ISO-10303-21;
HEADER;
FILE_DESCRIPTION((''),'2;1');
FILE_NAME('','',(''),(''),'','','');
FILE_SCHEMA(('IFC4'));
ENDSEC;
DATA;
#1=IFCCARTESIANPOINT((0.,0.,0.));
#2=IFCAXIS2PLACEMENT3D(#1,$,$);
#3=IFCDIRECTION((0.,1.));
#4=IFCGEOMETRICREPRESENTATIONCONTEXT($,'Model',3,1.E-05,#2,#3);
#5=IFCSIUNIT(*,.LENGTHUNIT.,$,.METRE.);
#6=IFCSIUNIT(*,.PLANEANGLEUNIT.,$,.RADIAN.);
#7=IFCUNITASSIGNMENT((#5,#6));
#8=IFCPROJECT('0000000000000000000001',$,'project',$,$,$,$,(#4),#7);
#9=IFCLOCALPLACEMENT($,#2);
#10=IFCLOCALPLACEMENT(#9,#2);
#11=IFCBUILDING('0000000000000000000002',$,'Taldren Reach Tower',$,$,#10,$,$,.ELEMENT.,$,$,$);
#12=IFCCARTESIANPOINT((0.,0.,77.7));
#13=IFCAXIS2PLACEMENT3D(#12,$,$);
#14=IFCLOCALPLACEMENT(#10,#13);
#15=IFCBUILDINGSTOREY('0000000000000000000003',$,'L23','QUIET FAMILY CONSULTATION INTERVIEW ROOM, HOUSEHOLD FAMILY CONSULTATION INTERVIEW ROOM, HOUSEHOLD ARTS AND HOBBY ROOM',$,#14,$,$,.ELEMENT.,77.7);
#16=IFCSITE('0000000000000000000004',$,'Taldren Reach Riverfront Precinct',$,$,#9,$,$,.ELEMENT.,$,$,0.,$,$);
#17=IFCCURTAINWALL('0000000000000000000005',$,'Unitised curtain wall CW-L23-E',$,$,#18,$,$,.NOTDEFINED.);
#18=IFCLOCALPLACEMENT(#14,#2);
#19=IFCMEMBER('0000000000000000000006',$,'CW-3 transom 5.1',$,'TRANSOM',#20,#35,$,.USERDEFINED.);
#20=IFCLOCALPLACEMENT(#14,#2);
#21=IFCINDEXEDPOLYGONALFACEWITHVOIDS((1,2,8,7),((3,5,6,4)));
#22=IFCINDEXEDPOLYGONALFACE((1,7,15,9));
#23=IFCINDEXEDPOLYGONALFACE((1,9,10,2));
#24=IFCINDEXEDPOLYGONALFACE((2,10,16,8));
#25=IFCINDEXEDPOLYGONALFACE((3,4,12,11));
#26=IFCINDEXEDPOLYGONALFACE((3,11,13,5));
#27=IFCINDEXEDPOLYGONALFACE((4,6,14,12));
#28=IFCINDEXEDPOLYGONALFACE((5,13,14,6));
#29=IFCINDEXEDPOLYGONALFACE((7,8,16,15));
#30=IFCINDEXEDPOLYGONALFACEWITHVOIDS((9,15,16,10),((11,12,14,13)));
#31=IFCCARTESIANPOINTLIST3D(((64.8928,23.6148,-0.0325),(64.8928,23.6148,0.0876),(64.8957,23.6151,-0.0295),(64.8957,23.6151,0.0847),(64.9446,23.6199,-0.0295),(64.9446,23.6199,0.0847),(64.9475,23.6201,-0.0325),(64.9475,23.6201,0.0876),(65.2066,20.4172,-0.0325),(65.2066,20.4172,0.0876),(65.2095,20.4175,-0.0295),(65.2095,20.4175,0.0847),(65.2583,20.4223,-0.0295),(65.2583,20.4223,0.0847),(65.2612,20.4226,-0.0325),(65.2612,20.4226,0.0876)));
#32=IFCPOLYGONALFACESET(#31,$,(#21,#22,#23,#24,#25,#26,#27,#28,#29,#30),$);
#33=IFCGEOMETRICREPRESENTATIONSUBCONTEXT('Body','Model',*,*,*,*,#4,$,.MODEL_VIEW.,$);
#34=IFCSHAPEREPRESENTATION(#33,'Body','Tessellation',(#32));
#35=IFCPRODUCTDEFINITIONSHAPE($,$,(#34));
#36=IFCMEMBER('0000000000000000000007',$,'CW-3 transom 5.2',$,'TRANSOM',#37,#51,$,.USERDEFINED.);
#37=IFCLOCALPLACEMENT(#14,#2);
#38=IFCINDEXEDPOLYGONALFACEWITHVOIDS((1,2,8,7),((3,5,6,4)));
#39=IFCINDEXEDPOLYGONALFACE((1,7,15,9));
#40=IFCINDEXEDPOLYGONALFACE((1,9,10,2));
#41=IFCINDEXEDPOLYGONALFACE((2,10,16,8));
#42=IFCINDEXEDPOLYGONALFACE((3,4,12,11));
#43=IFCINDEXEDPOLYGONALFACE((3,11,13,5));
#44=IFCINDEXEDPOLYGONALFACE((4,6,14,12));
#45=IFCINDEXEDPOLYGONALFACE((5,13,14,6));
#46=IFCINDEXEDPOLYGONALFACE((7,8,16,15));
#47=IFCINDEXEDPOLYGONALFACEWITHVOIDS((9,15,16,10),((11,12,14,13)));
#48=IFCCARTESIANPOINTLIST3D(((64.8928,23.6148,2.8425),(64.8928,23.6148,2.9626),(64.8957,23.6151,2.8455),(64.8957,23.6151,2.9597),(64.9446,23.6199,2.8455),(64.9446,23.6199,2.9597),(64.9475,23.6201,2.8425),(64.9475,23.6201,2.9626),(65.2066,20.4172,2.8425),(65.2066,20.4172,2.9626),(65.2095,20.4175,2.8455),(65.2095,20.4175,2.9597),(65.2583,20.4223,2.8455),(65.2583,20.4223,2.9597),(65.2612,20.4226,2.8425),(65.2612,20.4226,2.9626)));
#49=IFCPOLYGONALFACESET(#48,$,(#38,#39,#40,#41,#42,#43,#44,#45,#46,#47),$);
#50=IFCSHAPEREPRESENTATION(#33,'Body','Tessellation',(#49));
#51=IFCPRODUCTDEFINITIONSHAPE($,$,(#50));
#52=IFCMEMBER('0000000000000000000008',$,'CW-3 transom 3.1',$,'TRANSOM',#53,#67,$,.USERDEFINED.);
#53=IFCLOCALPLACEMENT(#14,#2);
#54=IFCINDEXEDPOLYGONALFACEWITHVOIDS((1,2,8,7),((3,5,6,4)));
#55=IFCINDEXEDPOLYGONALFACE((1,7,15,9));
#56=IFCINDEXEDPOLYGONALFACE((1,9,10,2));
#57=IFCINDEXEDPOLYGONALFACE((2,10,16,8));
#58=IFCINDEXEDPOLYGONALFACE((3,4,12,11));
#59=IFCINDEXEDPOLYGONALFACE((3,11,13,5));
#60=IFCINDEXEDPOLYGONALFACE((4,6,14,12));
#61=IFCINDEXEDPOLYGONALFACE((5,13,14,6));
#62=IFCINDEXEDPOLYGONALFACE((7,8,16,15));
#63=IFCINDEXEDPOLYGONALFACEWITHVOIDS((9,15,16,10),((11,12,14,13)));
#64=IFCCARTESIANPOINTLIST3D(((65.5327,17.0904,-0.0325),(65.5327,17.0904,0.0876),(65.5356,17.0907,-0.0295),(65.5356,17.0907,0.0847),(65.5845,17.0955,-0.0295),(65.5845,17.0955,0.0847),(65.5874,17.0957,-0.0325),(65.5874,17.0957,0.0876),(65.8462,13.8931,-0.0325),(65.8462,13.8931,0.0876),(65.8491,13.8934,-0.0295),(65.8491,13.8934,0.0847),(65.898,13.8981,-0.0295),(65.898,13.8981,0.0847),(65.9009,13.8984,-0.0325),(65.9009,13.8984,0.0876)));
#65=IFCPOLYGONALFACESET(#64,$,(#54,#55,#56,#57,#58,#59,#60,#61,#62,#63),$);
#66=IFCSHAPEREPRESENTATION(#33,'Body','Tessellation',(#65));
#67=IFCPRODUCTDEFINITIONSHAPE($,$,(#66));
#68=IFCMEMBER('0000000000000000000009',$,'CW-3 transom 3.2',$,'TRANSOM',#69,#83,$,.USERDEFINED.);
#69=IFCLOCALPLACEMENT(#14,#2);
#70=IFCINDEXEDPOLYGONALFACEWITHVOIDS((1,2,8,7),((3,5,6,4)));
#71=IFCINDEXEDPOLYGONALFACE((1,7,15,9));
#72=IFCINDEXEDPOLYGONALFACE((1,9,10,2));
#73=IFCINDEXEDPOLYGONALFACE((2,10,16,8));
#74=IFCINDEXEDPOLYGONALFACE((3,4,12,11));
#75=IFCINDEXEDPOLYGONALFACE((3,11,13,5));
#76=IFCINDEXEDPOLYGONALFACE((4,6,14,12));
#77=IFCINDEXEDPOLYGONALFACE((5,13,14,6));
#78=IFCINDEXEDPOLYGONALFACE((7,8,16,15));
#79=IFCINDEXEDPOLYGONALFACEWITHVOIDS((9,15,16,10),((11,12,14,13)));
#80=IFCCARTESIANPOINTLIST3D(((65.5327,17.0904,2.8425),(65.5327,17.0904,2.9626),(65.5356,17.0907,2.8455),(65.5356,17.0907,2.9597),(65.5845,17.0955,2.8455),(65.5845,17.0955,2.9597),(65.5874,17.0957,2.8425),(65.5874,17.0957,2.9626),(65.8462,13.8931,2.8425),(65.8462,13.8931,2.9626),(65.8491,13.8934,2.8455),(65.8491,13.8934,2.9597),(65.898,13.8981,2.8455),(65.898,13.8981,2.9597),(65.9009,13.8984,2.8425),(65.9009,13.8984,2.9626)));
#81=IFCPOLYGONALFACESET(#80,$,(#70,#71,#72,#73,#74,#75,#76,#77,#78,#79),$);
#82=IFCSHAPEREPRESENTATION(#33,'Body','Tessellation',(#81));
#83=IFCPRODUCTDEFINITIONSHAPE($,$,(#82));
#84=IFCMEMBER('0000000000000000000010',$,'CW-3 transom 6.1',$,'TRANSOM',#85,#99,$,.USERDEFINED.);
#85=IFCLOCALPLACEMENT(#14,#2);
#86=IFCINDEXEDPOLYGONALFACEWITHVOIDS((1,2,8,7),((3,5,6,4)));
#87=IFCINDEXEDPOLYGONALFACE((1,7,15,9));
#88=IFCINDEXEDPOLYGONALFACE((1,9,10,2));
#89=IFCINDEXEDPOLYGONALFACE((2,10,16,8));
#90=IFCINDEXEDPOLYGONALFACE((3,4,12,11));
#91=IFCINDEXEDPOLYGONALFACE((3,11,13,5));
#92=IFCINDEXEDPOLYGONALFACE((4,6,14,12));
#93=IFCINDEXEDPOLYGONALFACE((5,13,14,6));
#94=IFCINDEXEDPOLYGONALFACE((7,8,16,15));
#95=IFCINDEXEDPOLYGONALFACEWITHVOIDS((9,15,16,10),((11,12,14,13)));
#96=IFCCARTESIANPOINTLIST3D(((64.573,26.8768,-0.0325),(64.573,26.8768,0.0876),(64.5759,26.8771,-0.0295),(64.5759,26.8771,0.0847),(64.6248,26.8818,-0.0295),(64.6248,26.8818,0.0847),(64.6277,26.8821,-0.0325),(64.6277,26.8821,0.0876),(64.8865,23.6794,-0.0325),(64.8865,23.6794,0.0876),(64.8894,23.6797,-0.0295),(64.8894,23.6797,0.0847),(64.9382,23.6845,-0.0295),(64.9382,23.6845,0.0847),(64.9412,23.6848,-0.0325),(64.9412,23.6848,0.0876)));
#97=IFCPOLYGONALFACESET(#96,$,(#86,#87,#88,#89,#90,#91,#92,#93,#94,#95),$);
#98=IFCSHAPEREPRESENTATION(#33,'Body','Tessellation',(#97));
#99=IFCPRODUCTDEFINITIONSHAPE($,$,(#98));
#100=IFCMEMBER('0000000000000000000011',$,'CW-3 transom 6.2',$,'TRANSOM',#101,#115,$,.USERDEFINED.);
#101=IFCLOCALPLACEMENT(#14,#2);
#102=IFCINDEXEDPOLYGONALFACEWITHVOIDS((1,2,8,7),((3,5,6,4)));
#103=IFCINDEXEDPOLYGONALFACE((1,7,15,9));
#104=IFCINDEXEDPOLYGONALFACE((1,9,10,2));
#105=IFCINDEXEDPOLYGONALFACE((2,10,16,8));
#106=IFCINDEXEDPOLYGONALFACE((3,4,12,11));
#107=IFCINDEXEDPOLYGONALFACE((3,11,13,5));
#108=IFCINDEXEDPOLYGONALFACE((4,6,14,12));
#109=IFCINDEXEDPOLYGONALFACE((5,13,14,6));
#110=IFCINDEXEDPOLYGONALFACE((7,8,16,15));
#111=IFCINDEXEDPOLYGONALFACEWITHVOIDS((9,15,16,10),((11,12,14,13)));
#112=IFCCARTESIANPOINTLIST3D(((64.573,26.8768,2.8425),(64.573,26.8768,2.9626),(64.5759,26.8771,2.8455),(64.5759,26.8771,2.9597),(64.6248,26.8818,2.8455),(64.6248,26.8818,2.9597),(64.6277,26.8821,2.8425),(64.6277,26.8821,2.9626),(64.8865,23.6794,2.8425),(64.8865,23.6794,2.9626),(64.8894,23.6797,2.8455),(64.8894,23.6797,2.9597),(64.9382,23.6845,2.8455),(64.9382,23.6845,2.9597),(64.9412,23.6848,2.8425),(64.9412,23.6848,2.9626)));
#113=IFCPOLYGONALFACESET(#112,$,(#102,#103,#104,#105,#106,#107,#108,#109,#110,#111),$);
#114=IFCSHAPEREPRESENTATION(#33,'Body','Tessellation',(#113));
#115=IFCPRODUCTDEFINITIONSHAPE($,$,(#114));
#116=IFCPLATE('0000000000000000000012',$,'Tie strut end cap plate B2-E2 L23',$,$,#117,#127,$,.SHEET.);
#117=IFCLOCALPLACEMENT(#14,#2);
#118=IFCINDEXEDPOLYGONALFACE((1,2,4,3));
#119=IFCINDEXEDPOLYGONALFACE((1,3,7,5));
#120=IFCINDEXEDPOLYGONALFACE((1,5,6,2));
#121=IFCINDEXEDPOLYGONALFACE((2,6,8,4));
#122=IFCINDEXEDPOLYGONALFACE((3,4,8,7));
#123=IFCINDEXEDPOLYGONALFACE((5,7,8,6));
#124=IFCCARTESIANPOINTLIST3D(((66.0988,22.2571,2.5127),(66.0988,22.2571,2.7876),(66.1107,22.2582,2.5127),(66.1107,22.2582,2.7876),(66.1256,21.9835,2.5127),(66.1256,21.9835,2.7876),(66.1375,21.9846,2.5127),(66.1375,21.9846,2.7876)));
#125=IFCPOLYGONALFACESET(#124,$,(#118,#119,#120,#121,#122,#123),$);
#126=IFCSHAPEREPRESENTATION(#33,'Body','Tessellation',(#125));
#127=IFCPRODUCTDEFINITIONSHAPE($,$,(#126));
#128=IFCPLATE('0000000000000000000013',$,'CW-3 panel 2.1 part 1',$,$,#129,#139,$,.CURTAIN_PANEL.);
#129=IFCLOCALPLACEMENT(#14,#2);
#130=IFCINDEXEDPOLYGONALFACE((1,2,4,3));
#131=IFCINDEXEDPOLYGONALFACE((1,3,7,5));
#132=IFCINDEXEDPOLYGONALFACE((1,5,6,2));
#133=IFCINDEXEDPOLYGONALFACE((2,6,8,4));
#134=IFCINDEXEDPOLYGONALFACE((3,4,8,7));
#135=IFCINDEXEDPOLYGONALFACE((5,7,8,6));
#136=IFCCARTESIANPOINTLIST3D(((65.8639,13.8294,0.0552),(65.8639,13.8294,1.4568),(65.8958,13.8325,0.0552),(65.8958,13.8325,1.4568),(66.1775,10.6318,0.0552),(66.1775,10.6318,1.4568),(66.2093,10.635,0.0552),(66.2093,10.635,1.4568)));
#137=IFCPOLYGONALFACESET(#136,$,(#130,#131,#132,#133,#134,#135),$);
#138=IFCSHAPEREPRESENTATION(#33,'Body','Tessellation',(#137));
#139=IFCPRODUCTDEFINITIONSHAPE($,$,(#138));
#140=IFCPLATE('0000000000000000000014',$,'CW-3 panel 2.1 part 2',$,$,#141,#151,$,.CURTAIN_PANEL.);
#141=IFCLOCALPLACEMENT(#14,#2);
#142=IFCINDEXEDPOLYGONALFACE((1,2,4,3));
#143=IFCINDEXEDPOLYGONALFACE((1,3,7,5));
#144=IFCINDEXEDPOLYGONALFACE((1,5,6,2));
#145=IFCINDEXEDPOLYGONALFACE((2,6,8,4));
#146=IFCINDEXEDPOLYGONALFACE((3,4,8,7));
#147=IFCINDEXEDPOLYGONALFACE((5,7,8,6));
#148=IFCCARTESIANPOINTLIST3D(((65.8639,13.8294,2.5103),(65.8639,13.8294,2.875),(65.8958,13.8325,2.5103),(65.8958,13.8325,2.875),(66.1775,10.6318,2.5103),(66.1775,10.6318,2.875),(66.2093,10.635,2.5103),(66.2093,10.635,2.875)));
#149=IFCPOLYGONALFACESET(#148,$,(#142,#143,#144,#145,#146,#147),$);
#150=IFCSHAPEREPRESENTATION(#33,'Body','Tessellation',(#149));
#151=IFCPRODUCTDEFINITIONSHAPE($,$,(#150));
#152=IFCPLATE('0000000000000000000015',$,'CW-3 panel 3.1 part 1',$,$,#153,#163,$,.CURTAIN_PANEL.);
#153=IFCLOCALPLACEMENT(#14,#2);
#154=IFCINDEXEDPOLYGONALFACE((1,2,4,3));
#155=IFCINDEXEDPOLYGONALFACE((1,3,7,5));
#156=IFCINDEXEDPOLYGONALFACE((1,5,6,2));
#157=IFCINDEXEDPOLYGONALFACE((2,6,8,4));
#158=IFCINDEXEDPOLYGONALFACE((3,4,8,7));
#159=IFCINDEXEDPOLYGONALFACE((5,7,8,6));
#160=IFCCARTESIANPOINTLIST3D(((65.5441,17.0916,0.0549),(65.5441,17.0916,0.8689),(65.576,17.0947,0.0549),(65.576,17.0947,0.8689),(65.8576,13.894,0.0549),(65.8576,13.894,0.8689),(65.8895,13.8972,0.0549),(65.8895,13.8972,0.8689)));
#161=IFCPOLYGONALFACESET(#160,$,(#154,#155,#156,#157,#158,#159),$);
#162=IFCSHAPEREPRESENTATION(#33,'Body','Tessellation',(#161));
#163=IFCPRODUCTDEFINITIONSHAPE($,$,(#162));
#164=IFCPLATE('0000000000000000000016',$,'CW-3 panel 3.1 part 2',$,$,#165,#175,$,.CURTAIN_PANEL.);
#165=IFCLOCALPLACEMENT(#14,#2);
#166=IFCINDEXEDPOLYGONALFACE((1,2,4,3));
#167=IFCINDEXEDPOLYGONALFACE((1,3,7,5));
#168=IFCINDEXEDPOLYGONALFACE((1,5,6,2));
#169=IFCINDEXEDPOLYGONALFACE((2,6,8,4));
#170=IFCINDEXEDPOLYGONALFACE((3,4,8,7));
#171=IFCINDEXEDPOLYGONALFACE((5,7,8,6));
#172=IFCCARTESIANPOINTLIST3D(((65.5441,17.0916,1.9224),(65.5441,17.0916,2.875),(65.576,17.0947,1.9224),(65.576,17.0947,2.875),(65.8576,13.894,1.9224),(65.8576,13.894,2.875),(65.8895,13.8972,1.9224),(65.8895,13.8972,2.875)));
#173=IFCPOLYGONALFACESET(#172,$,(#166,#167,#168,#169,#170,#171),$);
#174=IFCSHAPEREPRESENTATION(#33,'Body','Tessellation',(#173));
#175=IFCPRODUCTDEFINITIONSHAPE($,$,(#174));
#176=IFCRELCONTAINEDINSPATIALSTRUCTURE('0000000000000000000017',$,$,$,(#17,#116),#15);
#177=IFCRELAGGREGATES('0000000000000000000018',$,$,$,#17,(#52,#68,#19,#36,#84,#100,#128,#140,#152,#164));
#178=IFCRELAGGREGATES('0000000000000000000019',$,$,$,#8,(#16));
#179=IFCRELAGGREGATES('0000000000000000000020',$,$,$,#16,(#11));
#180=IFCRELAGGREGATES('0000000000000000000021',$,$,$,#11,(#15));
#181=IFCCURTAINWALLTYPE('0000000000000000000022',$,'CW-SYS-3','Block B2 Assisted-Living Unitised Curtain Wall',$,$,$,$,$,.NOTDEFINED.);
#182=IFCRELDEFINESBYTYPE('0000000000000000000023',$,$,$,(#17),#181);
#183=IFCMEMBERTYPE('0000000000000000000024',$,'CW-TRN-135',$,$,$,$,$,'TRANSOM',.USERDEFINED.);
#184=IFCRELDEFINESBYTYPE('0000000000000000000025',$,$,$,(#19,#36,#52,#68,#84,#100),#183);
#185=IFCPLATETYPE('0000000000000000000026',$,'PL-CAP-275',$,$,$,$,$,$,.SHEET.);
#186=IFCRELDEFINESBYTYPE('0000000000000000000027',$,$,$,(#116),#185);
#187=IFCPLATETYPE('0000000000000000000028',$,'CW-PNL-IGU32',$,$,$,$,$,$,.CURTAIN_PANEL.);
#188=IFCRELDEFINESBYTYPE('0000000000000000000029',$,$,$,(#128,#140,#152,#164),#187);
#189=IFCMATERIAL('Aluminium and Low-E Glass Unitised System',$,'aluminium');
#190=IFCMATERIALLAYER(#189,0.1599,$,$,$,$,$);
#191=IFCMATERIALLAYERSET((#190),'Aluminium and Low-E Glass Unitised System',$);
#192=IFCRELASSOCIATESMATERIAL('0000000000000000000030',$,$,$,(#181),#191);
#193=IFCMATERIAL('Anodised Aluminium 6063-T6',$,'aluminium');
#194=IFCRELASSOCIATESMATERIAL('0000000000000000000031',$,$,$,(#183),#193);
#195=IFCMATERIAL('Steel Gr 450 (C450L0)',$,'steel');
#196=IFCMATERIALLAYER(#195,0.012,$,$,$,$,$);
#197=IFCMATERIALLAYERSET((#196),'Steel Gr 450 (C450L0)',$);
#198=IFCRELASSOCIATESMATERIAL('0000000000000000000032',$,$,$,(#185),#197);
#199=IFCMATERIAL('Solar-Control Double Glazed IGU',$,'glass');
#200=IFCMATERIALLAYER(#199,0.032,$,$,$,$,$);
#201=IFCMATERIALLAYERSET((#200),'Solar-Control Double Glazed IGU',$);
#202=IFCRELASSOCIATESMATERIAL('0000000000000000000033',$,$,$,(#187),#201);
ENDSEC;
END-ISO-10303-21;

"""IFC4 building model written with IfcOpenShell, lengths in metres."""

from ifc_helpers import new_model, si_unit, direction, frame, origin, origin_2d, place, context, subcontext, project, spatial, rectangle, hollow_rectangle, extrude, source, transform, mapped, material, layer, layer_set, material_profile, profile_set, type_object, element, aggregate, save


model = new_model("IFC4")

# Units and contexts
model_context = context("Model", 3, precision=1e-05, world=origin(), true_north=direction((0.0, 1.0)))
body_context = subcontext(model_context, "Body", "Model", "MODEL_VIEW")
ifc_project = project(units=[si_unit("LENGTHUNIT", "METRE"), si_unit("PLANEANGLEUNIT", "RADIAN")], contexts=[model_context])

# Site, building, storey
site_placement = place(None, origin())
site = spatial("IfcSite", under=ifc_project, at=site_placement, Name="Taldren Reach Riverfront Precinct", CompositionType="ELEMENT", RefElevation=0.0)
building_placement = place(site_placement, origin())
building = spatial("IfcBuilding", under=site, at=building_placement, Name="Taldren Reach Tower", CompositionType="ELEMENT")
storey_placement = place(building_placement, frame((0.0, 0.0, 77.7)))
storey = spatial("IfcBuildingStorey", under=building, at=storey_placement, Name="L23", Description="QUIET FAMILY CONSULTATION INTERVIEW ROOM, HOUSEHOLD FAMILY CONSULTATION INTERVIEW ROOM, HOUSEHOLD ARTS AND HOBBY ROOM", CompositionType="ELEMENT", Elevation=77.7)

# Shared definitions
ifc_material_1 = material(Name="Steel Gr 450 (C450L0)", Category="steel")

# Curtain wall, members
ifc_material_2 = material(Name="Aluminium and Low-E Glass Unitised System", Category="aluminium")
ifc_layer_1 = layer(ifc_material_2, 0.1599)
ifc_layer_set_1 = layer_set([ifc_layer_1], Name="Aluminium and Low-E Glass Unitised System")
curtain_wall_type = type_object("IfcCurtainWallType", Name="CW-SYS-3", Description="Block B2 Assisted-Living Unitised Curtain Wall", PredefinedType="NOTDEFINED", material=ifc_layer_set_1)
curtain_wall_placement = place(storey_placement, origin())
curtain_wall = element("IfcCurtainWall", 1, at=curtain_wall_placement, inside=storey, type_object=curtain_wall_type, Name="Unitised curtain wall CW-L23-E", PredefinedType="NOTDEFINED")
ifc_material_3 = material(Name="Anodised Aluminium 6063-T6", Category="aluminium")
ifc_material_profile_1 = material_profile(ifc_material_3, hollow_rectangle(XDim=0.0549, YDim=0.1201, WallThickness=0.0029, at=origin_2d()), Name="ALU-120x55x3RHS")
ifc_profile_set_1 = profile_set([ifc_material_profile_1], Name="Anodised Aluminium 6063-T6")
member_type_1 = type_object("IfcMemberType", Name="CW-TRN-135", ElementType="TRANSOM", PredefinedType="USERDEFINED", material=ifc_profile_set_1)
shared_shape_1 = source(origin(), body_context, "Body", "SweptSolid", [
    extrude(hollow_rectangle(XDim=0.0549, YDim=0.1201, WallThickness=0.0029, at=origin_2d()), origin(), (0.0, 0.0, 1.0), 3.2129),
])
member_1_placement = place(storey_placement, frame((65.2339, 20.4199, 0.0276), z_axis=(-0.097645, 0.995221, 0.0), x_axis=(-0.995221, -0.097645, 0.0)))
member_1 = element("IfcMember", 2, at=member_1_placement, type_object=member_type_1, Name="CW-3 transom 5.1", ObjectType="TRANSOM", PredefinedType="USERDEFINED", context=body_context, shape_type="MappedRepresentation", body=[
    mapped(shared_shape_1, transform((0.0, 0.0, 0.0), scale=1.0)),
])
member_2_placement = place(storey_placement, frame((65.2339, 20.4199, 2.9026), z_axis=(-0.097645, 0.995221, 0.0), x_axis=(-0.995221, -0.097645, 0.0)))
member_2 = element("IfcMember", 3, at=member_2_placement, type_object=member_type_1, Name="CW-3 transom 5.2", ObjectType="TRANSOM", PredefinedType="USERDEFINED", context=body_context, shape_type="MappedRepresentation", body=[
    mapped(shared_shape_1, transform((0.0, 0.0, 0.0), scale=1.0)),
])
shared_shape_2 = source(origin(), body_context, "Body", "SweptSolid", [
    extrude(hollow_rectangle(XDim=0.0549, YDim=0.1201, WallThickness=0.0029, at=origin_2d()), origin(), (0.0, 0.0, 1.0), 3.2126),
])
member_3_placement = place(storey_placement, frame((65.8735, 13.8958, 0.0276), z_axis=(-0.097577, 0.995228, 0.0), x_axis=(-0.995228, -0.097577, 0.0)))
member_3 = element("IfcMember", 4, at=member_3_placement, type_object=member_type_1, Name="CW-3 transom 3.1", ObjectType="TRANSOM", PredefinedType="USERDEFINED", context=body_context, shape_type="MappedRepresentation", body=[
    mapped(shared_shape_2, transform((0.0, 0.0, 0.0), scale=1.0)),
])
member_4_placement = place(storey_placement, frame((65.8735, 13.8958, 2.9026), z_axis=(-0.097577, 0.995228, 0.0), x_axis=(-0.995228, -0.097577, 0.0)))
member_4 = element("IfcMember", 5, at=member_4_placement, type_object=member_type_1, Name="CW-3 transom 3.2", ObjectType="TRANSOM", PredefinedType="USERDEFINED", context=body_context, shape_type="MappedRepresentation", body=[
    mapped(shared_shape_2, transform((0.0, 0.0, 0.0), scale=1.0)),
])
member_5_placement = place(storey_placement, frame((64.9138, 23.6821, 0.0276), z_axis=(-0.097577, 0.995228, 0.0), x_axis=(-0.995228, -0.097577, 0.0)))
member_5 = element("IfcMember", 6, at=member_5_placement, type_object=member_type_1, Name="CW-3 transom 6.1", ObjectType="TRANSOM", PredefinedType="USERDEFINED", context=body_context, shape_type="MappedRepresentation", body=[
    mapped(shared_shape_2, transform((0.0, 0.0, 0.0), scale=1.0)),
])
member_6_placement = place(storey_placement, frame((64.9138, 23.6821, 2.9026), z_axis=(-0.097577, 0.995228, 0.0), x_axis=(-0.995228, -0.097577, 0.0)))
member_6 = element("IfcMember", 7, at=member_6_placement, type_object=member_type_1, Name="CW-3 transom 6.2", ObjectType="TRANSOM", PredefinedType="USERDEFINED", context=body_context, shape_type="MappedRepresentation", body=[
    mapped(shared_shape_2, transform((0.0, 0.0, 0.0), scale=1.0)),
])

# Plates
ifc_layer_2 = layer(ifc_material_1, 0.012)
ifc_layer_set_2 = layer_set([ifc_layer_2], Name="Steel Gr 450 (C450L0)")
plate_type_1 = type_object("IfcPlateType", Name="PL-CAP-275", PredefinedType="SHEET", material=ifc_layer_set_2)
shared_shape_3 = source(origin(), body_context, "Body", "SweptSolid", [
    extrude(rectangle(XDim=0.012, YDim=0.2749, at=origin_2d()), origin(), (0.0, 0.0, 1.0), 0.2749),
])
plate_1_placement = place(storey_placement, frame((66.1182, 22.1208, 2.5127), z_axis=(0.0, 0.0, 1.0), x_axis=(0.995227, 0.097583, 0.0)))
element("IfcPlate", 8, at=plate_1_placement, inside=storey, type_object=plate_type_1, Name="Tie strut end cap plate B2-E2 L23", PredefinedType="SHEET", context=body_context, shape_type="MappedRepresentation", body=[
    mapped(shared_shape_3, transform((0.0, 0.0, 0.0), scale=1.0)),
])
ifc_material_4 = material(Name="Solar-Control Double Glazed IGU", Category="glass")
ifc_layer_3 = layer(ifc_material_4, 0.032)
ifc_layer_set_3 = layer_set([ifc_layer_3], Name="Solar-Control Double Glazed IGU")
plate_type_2 = type_object("IfcPlateType", Name="CW-PNL-IGU32", PredefinedType="CURTAIN_PANEL", material=ifc_layer_set_3)
shared_shape_4 = source(origin(), body_context, "Body", "SweptSolid", [
    extrude(rectangle(XDim=3.2129, YDim=0.032, at=origin_2d()), origin(), (0.0, 0.0, 1.0), 1.4016),
])
plate_2_placement = place(storey_placement, frame((66.0366, 12.2322, 0.0552), z_axis=(0.0, 0.0, 1.0), x_axis=(-0.097583, 0.995227, 0.0)))
plate_2 = element("IfcPlate", 9, at=plate_2_placement, type_object=plate_type_2, Name="CW-3 panel 2.1 part 1", PredefinedType="CURTAIN_PANEL", context=body_context, shape_type="MappedRepresentation", body=[
    mapped(shared_shape_4, transform((0.0, 0.0, 0.0), scale=1.0)),
])
shared_shape_5 = source(origin(), body_context, "Body", "SweptSolid", [
    extrude(rectangle(XDim=3.2129, YDim=0.032, at=origin_2d()), origin(), (0.0, 0.0, 1.0), 0.3647),
])
plate_3_placement = place(storey_placement, frame((66.0366, 12.2322, 2.5103), z_axis=(0.0, 0.0, 1.0), x_axis=(-0.097583, 0.995227, 0.0)))
plate_3 = element("IfcPlate", 10, at=plate_3_placement, type_object=plate_type_2, Name="CW-3 panel 2.1 part 2", PredefinedType="CURTAIN_PANEL", context=body_context, shape_type="MappedRepresentation", body=[
    mapped(shared_shape_5, transform((0.0, 0.0, 0.0), scale=1.0)),
])
shared_shape_6 = source(origin(), body_context, "Body", "SweptSolid", [
    extrude(rectangle(XDim=3.2129, YDim=0.032, at=origin_2d()), origin(), (0.0, 0.0, 1.0), 0.814),
])
plate_4_placement = place(storey_placement, frame((65.7168, 15.4944, 0.0549), z_axis=(0.0, 0.0, 1.0), x_axis=(-0.097583, 0.995227, 0.0)))
plate_4 = element("IfcPlate", 11, at=plate_4_placement, type_object=plate_type_2, Name="CW-3 panel 3.1 part 1", PredefinedType="CURTAIN_PANEL", context=body_context, shape_type="MappedRepresentation", body=[
    mapped(shared_shape_6, transform((0.0, 0.0, 0.0), scale=1.0)),
])
shared_shape_7 = source(origin(), body_context, "Body", "SweptSolid", [
    extrude(rectangle(XDim=3.2129, YDim=0.032, at=origin_2d()), origin(), (0.0, 0.0, 1.0), 0.9526),
])
plate_5_placement = place(storey_placement, frame((65.7168, 15.4944, 1.9224), z_axis=(0.0, 0.0, 1.0), x_axis=(-0.097583, 0.995227, 0.0)))
plate_5 = element("IfcPlate", 12, at=plate_5_placement, type_object=plate_type_2, Name="CW-3 panel 3.1 part 2", PredefinedType="CURTAIN_PANEL", context=body_context, shape_type="MappedRepresentation", body=[
    mapped(shared_shape_7, transform((0.0, 0.0, 0.0), scale=1.0)),
])
aggregate(curtain_wall, [member_3, member_4, member_1, member_2, member_5, member_6, plate_2, plate_3, plate_4, plate_5])

save(model, "model.ifc")
